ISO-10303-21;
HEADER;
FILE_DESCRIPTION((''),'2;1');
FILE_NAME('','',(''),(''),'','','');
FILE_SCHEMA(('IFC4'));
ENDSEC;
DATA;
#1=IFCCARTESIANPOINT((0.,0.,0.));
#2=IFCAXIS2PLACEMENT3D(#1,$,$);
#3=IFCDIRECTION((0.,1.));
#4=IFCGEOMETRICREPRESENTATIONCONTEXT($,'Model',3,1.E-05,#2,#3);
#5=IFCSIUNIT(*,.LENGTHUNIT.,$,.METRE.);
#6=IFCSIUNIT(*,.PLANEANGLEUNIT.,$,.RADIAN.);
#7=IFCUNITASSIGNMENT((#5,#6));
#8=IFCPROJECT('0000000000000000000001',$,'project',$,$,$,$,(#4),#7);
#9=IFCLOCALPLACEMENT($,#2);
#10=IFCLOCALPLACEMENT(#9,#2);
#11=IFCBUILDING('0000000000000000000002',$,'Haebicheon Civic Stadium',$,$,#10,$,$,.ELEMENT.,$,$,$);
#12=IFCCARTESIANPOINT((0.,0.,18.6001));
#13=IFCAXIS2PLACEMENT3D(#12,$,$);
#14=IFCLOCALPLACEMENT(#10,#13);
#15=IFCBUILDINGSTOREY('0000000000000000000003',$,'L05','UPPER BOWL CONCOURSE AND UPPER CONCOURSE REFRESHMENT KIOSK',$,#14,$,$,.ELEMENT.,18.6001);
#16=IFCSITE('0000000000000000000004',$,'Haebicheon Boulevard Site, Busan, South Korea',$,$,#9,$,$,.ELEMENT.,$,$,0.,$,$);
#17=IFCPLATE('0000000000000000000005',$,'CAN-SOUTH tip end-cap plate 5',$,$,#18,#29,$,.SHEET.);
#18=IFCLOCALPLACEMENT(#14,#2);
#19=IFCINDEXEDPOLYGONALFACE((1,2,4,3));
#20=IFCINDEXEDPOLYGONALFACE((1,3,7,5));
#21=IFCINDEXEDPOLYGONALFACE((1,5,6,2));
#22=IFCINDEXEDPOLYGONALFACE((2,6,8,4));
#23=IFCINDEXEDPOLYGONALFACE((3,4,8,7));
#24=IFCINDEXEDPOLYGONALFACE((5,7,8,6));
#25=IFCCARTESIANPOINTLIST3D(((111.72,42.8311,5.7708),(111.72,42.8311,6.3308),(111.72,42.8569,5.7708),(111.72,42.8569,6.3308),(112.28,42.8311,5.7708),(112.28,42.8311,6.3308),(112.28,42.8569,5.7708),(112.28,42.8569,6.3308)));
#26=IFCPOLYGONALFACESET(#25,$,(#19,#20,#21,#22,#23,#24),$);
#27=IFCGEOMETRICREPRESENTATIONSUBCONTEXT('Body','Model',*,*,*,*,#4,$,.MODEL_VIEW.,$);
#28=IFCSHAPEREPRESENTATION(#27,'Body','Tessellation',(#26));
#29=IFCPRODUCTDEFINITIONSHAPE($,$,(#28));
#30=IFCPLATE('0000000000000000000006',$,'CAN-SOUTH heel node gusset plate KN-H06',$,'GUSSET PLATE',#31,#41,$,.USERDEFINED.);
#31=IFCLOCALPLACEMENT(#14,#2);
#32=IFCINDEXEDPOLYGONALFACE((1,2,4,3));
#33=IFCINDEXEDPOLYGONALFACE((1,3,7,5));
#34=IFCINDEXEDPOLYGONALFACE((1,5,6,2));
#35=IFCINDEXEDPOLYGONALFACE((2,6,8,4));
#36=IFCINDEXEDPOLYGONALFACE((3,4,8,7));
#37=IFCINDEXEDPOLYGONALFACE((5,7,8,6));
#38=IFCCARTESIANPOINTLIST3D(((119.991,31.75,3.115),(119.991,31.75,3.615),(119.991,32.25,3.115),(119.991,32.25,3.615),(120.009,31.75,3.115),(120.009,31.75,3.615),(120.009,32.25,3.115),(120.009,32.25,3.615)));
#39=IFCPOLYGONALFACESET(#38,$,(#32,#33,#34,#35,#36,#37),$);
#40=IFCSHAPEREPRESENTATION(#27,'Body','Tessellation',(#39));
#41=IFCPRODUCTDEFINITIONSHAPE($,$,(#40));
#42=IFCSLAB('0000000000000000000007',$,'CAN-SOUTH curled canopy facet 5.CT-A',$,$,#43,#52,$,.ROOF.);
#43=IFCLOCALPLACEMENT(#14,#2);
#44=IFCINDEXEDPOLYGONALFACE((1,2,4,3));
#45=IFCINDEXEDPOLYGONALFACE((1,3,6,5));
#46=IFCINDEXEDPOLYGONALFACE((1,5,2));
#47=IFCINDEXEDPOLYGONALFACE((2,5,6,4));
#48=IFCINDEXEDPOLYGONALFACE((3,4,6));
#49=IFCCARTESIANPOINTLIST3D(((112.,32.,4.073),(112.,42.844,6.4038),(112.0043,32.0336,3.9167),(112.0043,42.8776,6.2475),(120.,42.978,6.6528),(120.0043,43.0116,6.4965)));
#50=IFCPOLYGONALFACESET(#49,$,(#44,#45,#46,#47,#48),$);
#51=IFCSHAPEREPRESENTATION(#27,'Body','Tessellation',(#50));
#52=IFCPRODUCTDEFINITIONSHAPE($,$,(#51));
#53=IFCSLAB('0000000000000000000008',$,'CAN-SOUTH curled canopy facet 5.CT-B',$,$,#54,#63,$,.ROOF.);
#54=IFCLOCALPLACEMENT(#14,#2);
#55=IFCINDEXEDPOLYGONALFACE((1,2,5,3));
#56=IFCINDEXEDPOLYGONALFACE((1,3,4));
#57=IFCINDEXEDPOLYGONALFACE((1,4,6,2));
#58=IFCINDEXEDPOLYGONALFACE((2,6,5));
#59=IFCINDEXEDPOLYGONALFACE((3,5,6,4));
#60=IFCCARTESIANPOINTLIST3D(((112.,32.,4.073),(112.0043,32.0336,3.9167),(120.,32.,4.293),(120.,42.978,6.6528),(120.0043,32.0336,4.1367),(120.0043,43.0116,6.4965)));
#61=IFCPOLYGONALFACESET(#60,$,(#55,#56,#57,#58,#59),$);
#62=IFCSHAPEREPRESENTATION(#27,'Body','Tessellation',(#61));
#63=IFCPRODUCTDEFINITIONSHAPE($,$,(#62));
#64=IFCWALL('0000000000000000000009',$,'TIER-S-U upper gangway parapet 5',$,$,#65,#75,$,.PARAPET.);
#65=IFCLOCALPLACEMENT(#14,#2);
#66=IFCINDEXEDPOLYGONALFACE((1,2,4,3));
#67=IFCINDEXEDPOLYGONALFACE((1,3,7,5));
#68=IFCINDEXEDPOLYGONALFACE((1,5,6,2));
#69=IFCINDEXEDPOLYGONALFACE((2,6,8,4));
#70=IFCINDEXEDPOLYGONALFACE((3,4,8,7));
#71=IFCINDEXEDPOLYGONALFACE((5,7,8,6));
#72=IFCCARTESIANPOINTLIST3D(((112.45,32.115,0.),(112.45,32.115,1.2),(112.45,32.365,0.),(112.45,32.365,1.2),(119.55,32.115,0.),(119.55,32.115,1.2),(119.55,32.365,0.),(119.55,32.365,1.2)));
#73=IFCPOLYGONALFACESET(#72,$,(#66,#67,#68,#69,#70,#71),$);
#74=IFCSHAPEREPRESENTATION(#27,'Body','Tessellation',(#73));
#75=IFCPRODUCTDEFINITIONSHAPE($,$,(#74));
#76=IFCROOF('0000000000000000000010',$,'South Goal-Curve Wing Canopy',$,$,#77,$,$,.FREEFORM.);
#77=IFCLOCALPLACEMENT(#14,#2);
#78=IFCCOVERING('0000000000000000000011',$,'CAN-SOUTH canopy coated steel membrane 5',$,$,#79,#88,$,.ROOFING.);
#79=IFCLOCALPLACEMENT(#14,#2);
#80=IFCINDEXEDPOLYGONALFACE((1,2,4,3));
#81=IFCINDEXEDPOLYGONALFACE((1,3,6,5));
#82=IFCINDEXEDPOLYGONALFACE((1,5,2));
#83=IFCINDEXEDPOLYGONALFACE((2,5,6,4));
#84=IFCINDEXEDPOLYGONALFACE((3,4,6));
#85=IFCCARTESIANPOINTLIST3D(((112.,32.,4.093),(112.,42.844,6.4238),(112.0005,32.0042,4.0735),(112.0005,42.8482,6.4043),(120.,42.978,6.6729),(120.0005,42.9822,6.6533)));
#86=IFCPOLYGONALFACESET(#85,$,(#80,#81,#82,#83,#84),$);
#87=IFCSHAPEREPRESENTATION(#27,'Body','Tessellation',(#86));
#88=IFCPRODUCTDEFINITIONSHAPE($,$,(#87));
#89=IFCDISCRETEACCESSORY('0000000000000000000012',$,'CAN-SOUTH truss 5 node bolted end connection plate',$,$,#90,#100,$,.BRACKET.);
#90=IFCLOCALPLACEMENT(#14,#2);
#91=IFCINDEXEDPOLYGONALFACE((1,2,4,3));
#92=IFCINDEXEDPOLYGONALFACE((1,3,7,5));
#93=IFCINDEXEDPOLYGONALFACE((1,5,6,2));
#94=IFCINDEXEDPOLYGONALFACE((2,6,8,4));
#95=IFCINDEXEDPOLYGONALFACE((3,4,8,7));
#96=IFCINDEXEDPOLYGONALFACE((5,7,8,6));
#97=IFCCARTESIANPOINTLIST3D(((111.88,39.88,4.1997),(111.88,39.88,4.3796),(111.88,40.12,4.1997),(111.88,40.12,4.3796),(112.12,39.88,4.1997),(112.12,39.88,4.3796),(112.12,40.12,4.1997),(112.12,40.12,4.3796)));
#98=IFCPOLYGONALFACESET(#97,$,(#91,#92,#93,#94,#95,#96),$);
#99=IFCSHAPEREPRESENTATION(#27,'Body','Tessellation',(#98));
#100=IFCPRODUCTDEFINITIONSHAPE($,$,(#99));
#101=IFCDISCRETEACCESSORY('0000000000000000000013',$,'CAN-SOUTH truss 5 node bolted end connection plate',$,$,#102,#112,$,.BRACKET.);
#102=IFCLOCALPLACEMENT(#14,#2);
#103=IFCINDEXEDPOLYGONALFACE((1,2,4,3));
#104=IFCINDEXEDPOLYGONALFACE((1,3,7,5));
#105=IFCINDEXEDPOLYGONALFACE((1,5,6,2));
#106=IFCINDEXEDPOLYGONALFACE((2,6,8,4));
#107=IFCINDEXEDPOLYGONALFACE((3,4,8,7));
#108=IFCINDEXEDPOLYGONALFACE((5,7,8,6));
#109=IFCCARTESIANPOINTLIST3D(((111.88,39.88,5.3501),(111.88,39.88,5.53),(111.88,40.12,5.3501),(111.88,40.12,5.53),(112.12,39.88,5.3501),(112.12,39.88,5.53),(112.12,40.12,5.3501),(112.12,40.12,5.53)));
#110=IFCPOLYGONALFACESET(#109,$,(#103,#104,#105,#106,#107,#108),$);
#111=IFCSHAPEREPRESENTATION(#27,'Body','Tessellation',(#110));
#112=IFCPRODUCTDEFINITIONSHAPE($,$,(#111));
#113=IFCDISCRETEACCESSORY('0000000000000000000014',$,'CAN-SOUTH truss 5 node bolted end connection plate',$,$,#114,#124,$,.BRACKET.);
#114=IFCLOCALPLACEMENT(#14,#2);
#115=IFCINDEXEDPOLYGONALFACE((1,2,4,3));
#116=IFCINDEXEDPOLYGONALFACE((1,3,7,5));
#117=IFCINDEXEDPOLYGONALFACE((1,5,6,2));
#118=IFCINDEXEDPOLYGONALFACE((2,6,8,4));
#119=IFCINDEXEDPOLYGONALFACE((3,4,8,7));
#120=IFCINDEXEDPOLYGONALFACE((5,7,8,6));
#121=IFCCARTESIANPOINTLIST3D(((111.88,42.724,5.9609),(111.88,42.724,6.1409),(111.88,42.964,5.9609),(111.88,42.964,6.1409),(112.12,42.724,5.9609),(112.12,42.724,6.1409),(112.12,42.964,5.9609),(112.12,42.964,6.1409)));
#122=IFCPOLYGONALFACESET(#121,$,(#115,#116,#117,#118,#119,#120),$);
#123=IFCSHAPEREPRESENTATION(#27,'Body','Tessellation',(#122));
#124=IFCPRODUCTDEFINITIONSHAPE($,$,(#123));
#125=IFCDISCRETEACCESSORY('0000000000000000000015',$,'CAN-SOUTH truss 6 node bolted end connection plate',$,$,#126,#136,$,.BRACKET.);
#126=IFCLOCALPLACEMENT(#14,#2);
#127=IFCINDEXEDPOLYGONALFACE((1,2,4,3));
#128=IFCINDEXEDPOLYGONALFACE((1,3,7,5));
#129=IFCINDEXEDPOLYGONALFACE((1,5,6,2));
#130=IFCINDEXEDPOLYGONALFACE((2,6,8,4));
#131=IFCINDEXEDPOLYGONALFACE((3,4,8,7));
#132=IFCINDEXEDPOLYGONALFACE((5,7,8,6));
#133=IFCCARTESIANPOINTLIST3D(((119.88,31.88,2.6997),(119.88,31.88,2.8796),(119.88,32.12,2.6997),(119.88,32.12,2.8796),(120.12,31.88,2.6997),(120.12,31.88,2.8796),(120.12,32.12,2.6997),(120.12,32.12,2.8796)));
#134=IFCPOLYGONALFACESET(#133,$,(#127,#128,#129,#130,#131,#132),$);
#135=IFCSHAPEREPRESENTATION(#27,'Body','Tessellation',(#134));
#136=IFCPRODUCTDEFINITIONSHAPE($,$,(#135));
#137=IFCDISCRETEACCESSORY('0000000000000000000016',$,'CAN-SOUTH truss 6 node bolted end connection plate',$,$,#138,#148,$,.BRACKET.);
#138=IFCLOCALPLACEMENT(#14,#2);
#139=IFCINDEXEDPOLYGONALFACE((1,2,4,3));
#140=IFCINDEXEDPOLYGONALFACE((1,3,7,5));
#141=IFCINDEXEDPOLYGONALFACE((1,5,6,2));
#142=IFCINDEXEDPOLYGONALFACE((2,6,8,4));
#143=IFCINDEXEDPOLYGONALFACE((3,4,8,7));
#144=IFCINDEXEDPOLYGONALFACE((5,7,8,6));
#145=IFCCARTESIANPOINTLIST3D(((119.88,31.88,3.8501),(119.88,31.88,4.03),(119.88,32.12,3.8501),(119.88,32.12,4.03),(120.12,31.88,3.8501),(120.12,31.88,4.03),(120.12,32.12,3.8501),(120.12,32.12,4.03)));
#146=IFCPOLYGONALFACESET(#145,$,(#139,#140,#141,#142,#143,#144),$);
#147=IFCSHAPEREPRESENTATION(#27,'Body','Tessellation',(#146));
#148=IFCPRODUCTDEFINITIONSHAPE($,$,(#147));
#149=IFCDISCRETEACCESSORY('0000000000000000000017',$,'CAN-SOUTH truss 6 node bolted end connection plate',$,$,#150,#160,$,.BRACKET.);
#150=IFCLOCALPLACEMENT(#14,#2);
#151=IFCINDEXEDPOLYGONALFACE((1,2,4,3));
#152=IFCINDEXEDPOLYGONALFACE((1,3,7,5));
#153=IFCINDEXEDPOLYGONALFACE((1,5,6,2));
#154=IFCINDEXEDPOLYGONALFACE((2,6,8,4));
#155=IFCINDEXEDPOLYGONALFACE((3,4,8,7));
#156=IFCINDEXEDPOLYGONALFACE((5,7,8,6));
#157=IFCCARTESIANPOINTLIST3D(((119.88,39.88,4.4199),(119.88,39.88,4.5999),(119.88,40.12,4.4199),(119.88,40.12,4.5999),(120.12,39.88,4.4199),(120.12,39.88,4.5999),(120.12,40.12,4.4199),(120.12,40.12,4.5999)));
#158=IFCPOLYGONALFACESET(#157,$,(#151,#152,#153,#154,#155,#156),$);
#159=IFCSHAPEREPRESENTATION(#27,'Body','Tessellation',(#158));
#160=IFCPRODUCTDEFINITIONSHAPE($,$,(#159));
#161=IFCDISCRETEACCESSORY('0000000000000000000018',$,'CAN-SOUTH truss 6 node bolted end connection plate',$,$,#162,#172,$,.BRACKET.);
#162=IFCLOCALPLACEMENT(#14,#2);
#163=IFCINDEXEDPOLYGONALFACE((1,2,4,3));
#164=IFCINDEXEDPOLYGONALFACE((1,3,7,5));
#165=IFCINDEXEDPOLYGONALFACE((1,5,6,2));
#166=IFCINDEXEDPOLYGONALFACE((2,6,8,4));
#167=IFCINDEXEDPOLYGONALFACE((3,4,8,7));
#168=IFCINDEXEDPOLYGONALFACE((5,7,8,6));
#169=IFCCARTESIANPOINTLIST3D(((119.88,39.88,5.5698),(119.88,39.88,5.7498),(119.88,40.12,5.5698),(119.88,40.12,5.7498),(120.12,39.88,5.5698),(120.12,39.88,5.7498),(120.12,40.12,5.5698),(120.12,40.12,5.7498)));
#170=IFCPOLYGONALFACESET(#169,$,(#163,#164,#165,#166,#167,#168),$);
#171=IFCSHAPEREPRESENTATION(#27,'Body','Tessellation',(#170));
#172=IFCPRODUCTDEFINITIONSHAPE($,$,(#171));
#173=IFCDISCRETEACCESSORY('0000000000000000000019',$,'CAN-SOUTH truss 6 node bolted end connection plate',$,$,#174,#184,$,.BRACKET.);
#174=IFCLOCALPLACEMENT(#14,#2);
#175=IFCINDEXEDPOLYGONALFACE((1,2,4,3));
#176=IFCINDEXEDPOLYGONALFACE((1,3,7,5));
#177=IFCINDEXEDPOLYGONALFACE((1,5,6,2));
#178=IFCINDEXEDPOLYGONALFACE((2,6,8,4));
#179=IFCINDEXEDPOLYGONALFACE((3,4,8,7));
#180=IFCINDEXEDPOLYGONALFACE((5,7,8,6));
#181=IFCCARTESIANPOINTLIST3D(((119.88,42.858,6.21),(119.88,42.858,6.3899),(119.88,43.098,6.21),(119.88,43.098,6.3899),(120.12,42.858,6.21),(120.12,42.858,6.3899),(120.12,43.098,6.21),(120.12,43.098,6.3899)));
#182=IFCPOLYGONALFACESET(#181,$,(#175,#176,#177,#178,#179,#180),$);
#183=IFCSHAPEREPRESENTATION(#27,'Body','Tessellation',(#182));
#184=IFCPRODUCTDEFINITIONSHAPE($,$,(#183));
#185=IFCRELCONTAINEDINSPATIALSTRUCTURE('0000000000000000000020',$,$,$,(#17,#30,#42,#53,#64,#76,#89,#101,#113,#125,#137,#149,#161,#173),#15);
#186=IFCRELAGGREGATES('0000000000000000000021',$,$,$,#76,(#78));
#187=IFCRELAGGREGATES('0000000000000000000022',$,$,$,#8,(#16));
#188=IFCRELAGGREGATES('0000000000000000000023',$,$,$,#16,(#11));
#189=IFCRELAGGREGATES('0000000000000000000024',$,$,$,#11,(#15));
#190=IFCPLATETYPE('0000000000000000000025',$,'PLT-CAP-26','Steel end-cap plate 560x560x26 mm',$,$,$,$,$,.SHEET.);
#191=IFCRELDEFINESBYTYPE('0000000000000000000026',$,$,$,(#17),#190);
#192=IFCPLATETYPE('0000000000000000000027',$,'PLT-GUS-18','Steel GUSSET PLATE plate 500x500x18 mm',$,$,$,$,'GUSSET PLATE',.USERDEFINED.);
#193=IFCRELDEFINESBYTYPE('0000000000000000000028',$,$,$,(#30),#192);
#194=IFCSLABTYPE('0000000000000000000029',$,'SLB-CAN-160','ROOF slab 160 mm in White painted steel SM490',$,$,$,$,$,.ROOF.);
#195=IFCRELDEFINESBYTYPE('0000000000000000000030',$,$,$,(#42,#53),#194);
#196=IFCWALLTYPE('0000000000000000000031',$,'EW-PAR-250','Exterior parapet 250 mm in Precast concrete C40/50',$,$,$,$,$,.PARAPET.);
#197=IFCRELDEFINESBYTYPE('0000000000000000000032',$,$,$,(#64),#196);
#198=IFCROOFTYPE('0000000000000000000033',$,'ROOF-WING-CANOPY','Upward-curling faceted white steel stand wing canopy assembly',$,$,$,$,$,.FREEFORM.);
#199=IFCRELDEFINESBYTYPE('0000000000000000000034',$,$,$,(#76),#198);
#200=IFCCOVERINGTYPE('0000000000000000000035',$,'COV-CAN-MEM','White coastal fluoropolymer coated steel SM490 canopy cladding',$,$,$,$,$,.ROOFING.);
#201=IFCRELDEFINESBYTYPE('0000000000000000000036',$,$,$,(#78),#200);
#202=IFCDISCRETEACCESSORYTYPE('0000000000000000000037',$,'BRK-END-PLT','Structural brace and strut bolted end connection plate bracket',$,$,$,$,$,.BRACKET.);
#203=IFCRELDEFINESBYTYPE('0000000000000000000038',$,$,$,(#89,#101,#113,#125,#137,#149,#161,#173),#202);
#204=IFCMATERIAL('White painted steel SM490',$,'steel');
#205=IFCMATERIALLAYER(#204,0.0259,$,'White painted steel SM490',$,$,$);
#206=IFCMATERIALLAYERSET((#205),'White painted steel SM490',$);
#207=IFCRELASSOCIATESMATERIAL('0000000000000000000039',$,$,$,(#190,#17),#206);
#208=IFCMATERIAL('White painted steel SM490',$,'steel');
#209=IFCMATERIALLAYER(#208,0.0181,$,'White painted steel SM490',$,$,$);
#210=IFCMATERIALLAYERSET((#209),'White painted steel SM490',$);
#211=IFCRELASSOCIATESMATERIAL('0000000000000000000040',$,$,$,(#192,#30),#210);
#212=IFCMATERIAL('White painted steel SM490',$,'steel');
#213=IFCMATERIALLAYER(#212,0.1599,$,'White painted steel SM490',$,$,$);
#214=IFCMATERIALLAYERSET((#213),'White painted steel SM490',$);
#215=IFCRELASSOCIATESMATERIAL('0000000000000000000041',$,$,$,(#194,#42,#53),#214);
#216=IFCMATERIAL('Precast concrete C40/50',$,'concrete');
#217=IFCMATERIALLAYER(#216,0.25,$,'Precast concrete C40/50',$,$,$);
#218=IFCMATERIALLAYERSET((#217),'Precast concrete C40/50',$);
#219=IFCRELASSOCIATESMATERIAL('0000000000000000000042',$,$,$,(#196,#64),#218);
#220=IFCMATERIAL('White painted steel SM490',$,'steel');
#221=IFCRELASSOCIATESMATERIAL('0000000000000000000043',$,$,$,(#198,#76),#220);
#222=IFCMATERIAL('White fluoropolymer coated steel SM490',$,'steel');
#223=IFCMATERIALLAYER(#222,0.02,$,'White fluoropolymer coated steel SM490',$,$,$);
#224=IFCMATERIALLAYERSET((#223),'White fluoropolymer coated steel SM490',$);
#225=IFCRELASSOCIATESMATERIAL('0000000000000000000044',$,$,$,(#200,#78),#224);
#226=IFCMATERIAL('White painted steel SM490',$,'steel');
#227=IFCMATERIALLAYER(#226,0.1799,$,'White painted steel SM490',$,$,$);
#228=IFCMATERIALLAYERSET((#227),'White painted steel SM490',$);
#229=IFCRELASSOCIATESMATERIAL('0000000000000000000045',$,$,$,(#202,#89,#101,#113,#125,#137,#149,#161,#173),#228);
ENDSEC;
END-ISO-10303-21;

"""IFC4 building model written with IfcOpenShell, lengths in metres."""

from ifc_helpers import new_model, si_unit, direction, frame, frame_2d, origin, origin_2d, place, context, subcontext, project, spatial, polyline, rectangle, outline, extrude, material, layer, layer_set, type_object, element, aggregate, save


model = new_model("IFC4")

# Units and contexts
model_context = context("Model", 3, precision=1e-05, world=origin(), true_north=direction((0.0, 1.0)))
body_context = subcontext(model_context, "Body", "Model", "MODEL_VIEW")
ifc_project = project(units=[si_unit("LENGTHUNIT", "METRE"), si_unit("PLANEANGLEUNIT", "RADIAN")], contexts=[model_context])

# Site, building, storey
site_placement = place(None, origin())
site = spatial("IfcSite", under=ifc_project, at=site_placement, Name="Haebicheon Boulevard Site, Busan, South Korea", CompositionType="ELEMENT", RefElevation=0.0)
building_placement = place(site_placement, origin())
building = spatial("IfcBuilding", under=site, at=building_placement, Name="Haebicheon Civic Stadium", CompositionType="ELEMENT")
storey_placement = place(building_placement, frame((0.0, 0.0, 18.6001)))
storey = spatial("IfcBuildingStorey", under=building, at=storey_placement, Name="L05", Description="UPPER BOWL CONCOURSE AND UPPER CONCOURSE REFRESHMENT KIOSK", CompositionType="ELEMENT", Elevation=18.6001)

# Plates
ifc_material_1 = material(Name="White painted steel SM490", Category="steel")
ifc_layer_1 = layer(ifc_material_1, 0.0259, Name="White painted steel SM490")
ifc_layer_set_1 = layer_set([ifc_layer_1], Name="White painted steel SM490")
plate_type_1 = type_object("IfcPlateType", Name="PLT-CAP-26", Description="Steel end-cap plate 560x560x26 mm", PredefinedType="SHEET", material=ifc_layer_set_1)
plate_1_placement = place(storey_placement, frame((112.0, 42.844, 5.7708), z_axis=(0.0, 0.0, 1.0), x_axis=(-1.0, 0.0, 0.0)))
element("IfcPlate", 1, at=plate_1_placement, inside=storey, type_object=plate_type_1, material=ifc_layer_set_1, Name="CAN-SOUTH tip end-cap plate 5", PredefinedType="SHEET", context=body_context, shape_type="SweptSolid", body=[
    extrude(rectangle(XDim=0.5601, YDim=0.0259, at=origin_2d()), origin(), (0.0, 0.0, 1.0), 0.5601),
])
ifc_material_2 = material(Name="White painted steel SM490", Category="steel")
ifc_layer_2 = layer(ifc_material_2, 0.0181, Name="White painted steel SM490")
ifc_layer_set_2 = layer_set([ifc_layer_2], Name="White painted steel SM490")
plate_type_2 = type_object("IfcPlateType", Name="PLT-GUS-18", Description="Steel GUSSET PLATE plate 500x500x18 mm", ElementType="GUSSET PLATE", PredefinedType="USERDEFINED", material=ifc_layer_set_2)
plate_2_placement = place(storey_placement, frame((120.0, 32.0, 3.115), z_axis=(0.0, 0.0, 1.0), x_axis=(0.0, 1.0, 0.0)))
element("IfcPlate", 2, at=plate_2_placement, inside=storey, type_object=plate_type_2, material=ifc_layer_set_2, Name="CAN-SOUTH heel node gusset plate KN-H06", ObjectType="GUSSET PLATE", PredefinedType="USERDEFINED", context=body_context, shape_type="SweptSolid", body=[
    extrude(rectangle(XDim=0.5, YDim=0.0181, at=origin_2d()), origin(), (0.0, 0.0, 1.0), 0.5),
])

# Slabs
ifc_material_3 = material(Name="White painted steel SM490", Category="steel")
ifc_layer_3 = layer(ifc_material_3, 0.1599, Name="White painted steel SM490")
ifc_layer_set_3 = layer_set([ifc_layer_3], Name="White painted steel SM490")
slab_type = type_object("IfcSlabType", Name="SLB-CAN-160", Description="ROOF slab 160 mm in White painted steel SM490", PredefinedType="ROOF", material=ifc_layer_set_3)
slab_1_placement = place(storey_placement, frame((112.0, 32.0, 4.073), z_axis=(-0.026902, -0.210065, 0.977317), x_axis=(0.0, 0.977671, 0.210141)))
element("IfcSlab", 3, at=slab_1_placement, inside=storey, type_object=slab_type, material=ifc_layer_set_3, Name="CAN-SOUTH curled canopy facet 5.CT-A", PredefinedType="ROOF", context=body_context, shape_type="SweptSolid", body=[
    extrude(outline(polyline([(0.0, 0.0), (11.0917, 0.0), (11.275, -8.0029), (0.0, 0.0)])), origin(), (0.0, 0.0, -1.0), 0.1599),
])
slab_2_placement = place(storey_placement, frame((112.0, 32.0, 4.073), z_axis=(-0.026873, -0.210086, 0.977314), x_axis=(0.578598, 0.793983, 0.186586)))
element("IfcSlab", 4, at=slab_2_placement, inside=storey, type_object=slab_type, material=ifc_layer_set_3, Name="CAN-SOUTH curled canopy facet 5.CT-B", PredefinedType="ROOF", context=body_context, shape_type="SweptSolid", body=[
    extrude(outline(polyline([(0.0, 0.0), (13.8265, 0.0), (4.6698, -6.4993), (0.0, 0.0)])), origin(), (0.0, 0.0, -1.0), 0.1599),
])

# Wall
ifc_material_4 = material(Name="Precast concrete C40/50", Category="concrete")
ifc_layer_4 = layer(ifc_material_4, 0.25, Name="Precast concrete C40/50")
ifc_layer_set_4 = layer_set([ifc_layer_4], Name="Precast concrete C40/50")
wall_type = type_object("IfcWallType", Name="EW-PAR-250", Description="Exterior parapet 250 mm in Precast concrete C40/50", PredefinedType="PARAPET", material=ifc_layer_set_4)
wall_placement = place(storey_placement, frame((112.45, 32.24, 0.0), z_axis=(0.0, 0.0, 1.0), x_axis=(1.0, 0.0, 0.0)))
element("IfcWall", 5, at=wall_placement, inside=storey, type_object=wall_type, material=ifc_layer_set_4, Name="TIER-S-U upper gangway parapet 5", PredefinedType="PARAPET", context=body_context, shape_type="SweptSolid", body=[
    extrude(rectangle(XDim=7.1001, YDim=0.25, at=frame_2d((3.55, 0.0))), origin(), (0.0, 0.0, 1.0), 1.2),
])

# Roof, covering
ifc_material_5 = material(Name="White painted steel SM490", Category="steel")
roof_type = type_object("IfcRoofType", Name="ROOF-WING-CANOPY", Description="Upward-curling faceted white steel stand wing canopy assembly", PredefinedType="FREEFORM", material=ifc_material_5)
roof_placement = place(storey_placement, origin())
roof = element("IfcRoof", 6, at=roof_placement, inside=storey, type_object=roof_type, material=ifc_material_5, Name="South Goal-Curve Wing Canopy", PredefinedType="FREEFORM")
ifc_material_6 = material(Name="White fluoropolymer coated steel SM490", Category="steel")
ifc_layer_5 = layer(ifc_material_6, 0.02, Name="White fluoropolymer coated steel SM490")
ifc_layer_set_5 = layer_set([ifc_layer_5], Name="White fluoropolymer coated steel SM490")
covering_type = type_object("IfcCoveringType", Name="COV-CAN-MEM", Description="White coastal fluoropolymer coated steel SM490 canopy cladding", PredefinedType="ROOFING", material=ifc_layer_set_5)
covering_placement = place(storey_placement, frame((112.0, 32.0, 4.093), z_axis=(-0.026902, -0.210065, 0.977317), x_axis=(0.0, 0.977671, 0.210141)))
covering = element("IfcCovering", 7, at=covering_placement, type_object=covering_type, material=ifc_layer_set_5, Name="CAN-SOUTH canopy coated steel membrane 5", PredefinedType="ROOFING", context=body_context, shape_type="SweptSolid", body=[
    extrude(outline(polyline([(0.0, 0.0), (11.0917, 0.0), (11.275, -8.0029), (0.0, 0.0)])), origin(), (0.0, 0.0, -1.0), 0.02),
])
aggregate(roof, [covering])

# Discrete accessories
ifc_material_7 = material(Name="White painted steel SM490", Category="steel")
ifc_layer_6 = layer(ifc_material_7, 0.1799, Name="White painted steel SM490")
ifc_layer_set_6 = layer_set([ifc_layer_6], Name="White painted steel SM490")
discrete_accessory_type = type_object("IfcDiscreteAccessoryType", Name="BRK-END-PLT", Description="Structural brace and strut bolted end connection plate bracket", PredefinedType="BRACKET", material=ifc_layer_set_6)
for number, where, z_axis, x_axis, name in (
    (8, (112.0, 40.0, 4.1997), (0.0, 0.0, 1.0), (1.0, 0.0, 0.0), "CAN-SOUTH truss 5 node bolted end connection plate"),
    (9, (112.0, 40.0, 5.3501), (0.0, 0.0, 1.0), (1.0, 0.0, 0.0), "CAN-SOUTH truss 5 node bolted end connection plate"),
    (10, (112.0, 42.844, 5.9609), (0.0, 0.0, 1.0), (1.0, 0.0, 0.0), "CAN-SOUTH truss 5 node bolted end connection plate"),
    (11, (120.0, 32.0, 2.6997), (0.0, 0.0, 1.0), (1.0, 0.0, 0.0), "CAN-SOUTH truss 6 node bolted end connection plate"),
    (12, (120.0, 32.0, 3.8501), (0.0, 0.0, 1.0), (1.0, 0.0, 0.0), "CAN-SOUTH truss 6 node bolted end connection plate"),
    (13, (120.0, 40.0, 4.4199), (0.0, 0.0, 1.0), (1.0, 0.0, 0.0), "CAN-SOUTH truss 6 node bolted end connection plate"),
    (14, (120.0, 40.0, 5.5698), (0.0, 0.0, 1.0), (1.0, 0.0, 0.0), "CAN-SOUTH truss 6 node bolted end connection plate"),
    (15, (120.0, 42.978, 6.21), (0.0, 0.0, 1.0), (1.0, 0.0, 0.0), "CAN-SOUTH truss 6 node bolted end connection plate"),
):
    element("IfcDiscreteAccessory", number, at=place(storey_placement, frame(where, z_axis=z_axis, x_axis=x_axis)), inside=storey, type_object=discrete_accessory_type, material=ifc_layer_set_6, Name=name, PredefinedType="BRACKET", context=body_context, shape_type="SweptSolid", body=[
        extrude(rectangle(XDim=0.24, YDim=0.24, at=origin_2d()), origin(), (0.0, 0.0, 1.0), 0.1799),
    ])

save(model, "model.ifc")
